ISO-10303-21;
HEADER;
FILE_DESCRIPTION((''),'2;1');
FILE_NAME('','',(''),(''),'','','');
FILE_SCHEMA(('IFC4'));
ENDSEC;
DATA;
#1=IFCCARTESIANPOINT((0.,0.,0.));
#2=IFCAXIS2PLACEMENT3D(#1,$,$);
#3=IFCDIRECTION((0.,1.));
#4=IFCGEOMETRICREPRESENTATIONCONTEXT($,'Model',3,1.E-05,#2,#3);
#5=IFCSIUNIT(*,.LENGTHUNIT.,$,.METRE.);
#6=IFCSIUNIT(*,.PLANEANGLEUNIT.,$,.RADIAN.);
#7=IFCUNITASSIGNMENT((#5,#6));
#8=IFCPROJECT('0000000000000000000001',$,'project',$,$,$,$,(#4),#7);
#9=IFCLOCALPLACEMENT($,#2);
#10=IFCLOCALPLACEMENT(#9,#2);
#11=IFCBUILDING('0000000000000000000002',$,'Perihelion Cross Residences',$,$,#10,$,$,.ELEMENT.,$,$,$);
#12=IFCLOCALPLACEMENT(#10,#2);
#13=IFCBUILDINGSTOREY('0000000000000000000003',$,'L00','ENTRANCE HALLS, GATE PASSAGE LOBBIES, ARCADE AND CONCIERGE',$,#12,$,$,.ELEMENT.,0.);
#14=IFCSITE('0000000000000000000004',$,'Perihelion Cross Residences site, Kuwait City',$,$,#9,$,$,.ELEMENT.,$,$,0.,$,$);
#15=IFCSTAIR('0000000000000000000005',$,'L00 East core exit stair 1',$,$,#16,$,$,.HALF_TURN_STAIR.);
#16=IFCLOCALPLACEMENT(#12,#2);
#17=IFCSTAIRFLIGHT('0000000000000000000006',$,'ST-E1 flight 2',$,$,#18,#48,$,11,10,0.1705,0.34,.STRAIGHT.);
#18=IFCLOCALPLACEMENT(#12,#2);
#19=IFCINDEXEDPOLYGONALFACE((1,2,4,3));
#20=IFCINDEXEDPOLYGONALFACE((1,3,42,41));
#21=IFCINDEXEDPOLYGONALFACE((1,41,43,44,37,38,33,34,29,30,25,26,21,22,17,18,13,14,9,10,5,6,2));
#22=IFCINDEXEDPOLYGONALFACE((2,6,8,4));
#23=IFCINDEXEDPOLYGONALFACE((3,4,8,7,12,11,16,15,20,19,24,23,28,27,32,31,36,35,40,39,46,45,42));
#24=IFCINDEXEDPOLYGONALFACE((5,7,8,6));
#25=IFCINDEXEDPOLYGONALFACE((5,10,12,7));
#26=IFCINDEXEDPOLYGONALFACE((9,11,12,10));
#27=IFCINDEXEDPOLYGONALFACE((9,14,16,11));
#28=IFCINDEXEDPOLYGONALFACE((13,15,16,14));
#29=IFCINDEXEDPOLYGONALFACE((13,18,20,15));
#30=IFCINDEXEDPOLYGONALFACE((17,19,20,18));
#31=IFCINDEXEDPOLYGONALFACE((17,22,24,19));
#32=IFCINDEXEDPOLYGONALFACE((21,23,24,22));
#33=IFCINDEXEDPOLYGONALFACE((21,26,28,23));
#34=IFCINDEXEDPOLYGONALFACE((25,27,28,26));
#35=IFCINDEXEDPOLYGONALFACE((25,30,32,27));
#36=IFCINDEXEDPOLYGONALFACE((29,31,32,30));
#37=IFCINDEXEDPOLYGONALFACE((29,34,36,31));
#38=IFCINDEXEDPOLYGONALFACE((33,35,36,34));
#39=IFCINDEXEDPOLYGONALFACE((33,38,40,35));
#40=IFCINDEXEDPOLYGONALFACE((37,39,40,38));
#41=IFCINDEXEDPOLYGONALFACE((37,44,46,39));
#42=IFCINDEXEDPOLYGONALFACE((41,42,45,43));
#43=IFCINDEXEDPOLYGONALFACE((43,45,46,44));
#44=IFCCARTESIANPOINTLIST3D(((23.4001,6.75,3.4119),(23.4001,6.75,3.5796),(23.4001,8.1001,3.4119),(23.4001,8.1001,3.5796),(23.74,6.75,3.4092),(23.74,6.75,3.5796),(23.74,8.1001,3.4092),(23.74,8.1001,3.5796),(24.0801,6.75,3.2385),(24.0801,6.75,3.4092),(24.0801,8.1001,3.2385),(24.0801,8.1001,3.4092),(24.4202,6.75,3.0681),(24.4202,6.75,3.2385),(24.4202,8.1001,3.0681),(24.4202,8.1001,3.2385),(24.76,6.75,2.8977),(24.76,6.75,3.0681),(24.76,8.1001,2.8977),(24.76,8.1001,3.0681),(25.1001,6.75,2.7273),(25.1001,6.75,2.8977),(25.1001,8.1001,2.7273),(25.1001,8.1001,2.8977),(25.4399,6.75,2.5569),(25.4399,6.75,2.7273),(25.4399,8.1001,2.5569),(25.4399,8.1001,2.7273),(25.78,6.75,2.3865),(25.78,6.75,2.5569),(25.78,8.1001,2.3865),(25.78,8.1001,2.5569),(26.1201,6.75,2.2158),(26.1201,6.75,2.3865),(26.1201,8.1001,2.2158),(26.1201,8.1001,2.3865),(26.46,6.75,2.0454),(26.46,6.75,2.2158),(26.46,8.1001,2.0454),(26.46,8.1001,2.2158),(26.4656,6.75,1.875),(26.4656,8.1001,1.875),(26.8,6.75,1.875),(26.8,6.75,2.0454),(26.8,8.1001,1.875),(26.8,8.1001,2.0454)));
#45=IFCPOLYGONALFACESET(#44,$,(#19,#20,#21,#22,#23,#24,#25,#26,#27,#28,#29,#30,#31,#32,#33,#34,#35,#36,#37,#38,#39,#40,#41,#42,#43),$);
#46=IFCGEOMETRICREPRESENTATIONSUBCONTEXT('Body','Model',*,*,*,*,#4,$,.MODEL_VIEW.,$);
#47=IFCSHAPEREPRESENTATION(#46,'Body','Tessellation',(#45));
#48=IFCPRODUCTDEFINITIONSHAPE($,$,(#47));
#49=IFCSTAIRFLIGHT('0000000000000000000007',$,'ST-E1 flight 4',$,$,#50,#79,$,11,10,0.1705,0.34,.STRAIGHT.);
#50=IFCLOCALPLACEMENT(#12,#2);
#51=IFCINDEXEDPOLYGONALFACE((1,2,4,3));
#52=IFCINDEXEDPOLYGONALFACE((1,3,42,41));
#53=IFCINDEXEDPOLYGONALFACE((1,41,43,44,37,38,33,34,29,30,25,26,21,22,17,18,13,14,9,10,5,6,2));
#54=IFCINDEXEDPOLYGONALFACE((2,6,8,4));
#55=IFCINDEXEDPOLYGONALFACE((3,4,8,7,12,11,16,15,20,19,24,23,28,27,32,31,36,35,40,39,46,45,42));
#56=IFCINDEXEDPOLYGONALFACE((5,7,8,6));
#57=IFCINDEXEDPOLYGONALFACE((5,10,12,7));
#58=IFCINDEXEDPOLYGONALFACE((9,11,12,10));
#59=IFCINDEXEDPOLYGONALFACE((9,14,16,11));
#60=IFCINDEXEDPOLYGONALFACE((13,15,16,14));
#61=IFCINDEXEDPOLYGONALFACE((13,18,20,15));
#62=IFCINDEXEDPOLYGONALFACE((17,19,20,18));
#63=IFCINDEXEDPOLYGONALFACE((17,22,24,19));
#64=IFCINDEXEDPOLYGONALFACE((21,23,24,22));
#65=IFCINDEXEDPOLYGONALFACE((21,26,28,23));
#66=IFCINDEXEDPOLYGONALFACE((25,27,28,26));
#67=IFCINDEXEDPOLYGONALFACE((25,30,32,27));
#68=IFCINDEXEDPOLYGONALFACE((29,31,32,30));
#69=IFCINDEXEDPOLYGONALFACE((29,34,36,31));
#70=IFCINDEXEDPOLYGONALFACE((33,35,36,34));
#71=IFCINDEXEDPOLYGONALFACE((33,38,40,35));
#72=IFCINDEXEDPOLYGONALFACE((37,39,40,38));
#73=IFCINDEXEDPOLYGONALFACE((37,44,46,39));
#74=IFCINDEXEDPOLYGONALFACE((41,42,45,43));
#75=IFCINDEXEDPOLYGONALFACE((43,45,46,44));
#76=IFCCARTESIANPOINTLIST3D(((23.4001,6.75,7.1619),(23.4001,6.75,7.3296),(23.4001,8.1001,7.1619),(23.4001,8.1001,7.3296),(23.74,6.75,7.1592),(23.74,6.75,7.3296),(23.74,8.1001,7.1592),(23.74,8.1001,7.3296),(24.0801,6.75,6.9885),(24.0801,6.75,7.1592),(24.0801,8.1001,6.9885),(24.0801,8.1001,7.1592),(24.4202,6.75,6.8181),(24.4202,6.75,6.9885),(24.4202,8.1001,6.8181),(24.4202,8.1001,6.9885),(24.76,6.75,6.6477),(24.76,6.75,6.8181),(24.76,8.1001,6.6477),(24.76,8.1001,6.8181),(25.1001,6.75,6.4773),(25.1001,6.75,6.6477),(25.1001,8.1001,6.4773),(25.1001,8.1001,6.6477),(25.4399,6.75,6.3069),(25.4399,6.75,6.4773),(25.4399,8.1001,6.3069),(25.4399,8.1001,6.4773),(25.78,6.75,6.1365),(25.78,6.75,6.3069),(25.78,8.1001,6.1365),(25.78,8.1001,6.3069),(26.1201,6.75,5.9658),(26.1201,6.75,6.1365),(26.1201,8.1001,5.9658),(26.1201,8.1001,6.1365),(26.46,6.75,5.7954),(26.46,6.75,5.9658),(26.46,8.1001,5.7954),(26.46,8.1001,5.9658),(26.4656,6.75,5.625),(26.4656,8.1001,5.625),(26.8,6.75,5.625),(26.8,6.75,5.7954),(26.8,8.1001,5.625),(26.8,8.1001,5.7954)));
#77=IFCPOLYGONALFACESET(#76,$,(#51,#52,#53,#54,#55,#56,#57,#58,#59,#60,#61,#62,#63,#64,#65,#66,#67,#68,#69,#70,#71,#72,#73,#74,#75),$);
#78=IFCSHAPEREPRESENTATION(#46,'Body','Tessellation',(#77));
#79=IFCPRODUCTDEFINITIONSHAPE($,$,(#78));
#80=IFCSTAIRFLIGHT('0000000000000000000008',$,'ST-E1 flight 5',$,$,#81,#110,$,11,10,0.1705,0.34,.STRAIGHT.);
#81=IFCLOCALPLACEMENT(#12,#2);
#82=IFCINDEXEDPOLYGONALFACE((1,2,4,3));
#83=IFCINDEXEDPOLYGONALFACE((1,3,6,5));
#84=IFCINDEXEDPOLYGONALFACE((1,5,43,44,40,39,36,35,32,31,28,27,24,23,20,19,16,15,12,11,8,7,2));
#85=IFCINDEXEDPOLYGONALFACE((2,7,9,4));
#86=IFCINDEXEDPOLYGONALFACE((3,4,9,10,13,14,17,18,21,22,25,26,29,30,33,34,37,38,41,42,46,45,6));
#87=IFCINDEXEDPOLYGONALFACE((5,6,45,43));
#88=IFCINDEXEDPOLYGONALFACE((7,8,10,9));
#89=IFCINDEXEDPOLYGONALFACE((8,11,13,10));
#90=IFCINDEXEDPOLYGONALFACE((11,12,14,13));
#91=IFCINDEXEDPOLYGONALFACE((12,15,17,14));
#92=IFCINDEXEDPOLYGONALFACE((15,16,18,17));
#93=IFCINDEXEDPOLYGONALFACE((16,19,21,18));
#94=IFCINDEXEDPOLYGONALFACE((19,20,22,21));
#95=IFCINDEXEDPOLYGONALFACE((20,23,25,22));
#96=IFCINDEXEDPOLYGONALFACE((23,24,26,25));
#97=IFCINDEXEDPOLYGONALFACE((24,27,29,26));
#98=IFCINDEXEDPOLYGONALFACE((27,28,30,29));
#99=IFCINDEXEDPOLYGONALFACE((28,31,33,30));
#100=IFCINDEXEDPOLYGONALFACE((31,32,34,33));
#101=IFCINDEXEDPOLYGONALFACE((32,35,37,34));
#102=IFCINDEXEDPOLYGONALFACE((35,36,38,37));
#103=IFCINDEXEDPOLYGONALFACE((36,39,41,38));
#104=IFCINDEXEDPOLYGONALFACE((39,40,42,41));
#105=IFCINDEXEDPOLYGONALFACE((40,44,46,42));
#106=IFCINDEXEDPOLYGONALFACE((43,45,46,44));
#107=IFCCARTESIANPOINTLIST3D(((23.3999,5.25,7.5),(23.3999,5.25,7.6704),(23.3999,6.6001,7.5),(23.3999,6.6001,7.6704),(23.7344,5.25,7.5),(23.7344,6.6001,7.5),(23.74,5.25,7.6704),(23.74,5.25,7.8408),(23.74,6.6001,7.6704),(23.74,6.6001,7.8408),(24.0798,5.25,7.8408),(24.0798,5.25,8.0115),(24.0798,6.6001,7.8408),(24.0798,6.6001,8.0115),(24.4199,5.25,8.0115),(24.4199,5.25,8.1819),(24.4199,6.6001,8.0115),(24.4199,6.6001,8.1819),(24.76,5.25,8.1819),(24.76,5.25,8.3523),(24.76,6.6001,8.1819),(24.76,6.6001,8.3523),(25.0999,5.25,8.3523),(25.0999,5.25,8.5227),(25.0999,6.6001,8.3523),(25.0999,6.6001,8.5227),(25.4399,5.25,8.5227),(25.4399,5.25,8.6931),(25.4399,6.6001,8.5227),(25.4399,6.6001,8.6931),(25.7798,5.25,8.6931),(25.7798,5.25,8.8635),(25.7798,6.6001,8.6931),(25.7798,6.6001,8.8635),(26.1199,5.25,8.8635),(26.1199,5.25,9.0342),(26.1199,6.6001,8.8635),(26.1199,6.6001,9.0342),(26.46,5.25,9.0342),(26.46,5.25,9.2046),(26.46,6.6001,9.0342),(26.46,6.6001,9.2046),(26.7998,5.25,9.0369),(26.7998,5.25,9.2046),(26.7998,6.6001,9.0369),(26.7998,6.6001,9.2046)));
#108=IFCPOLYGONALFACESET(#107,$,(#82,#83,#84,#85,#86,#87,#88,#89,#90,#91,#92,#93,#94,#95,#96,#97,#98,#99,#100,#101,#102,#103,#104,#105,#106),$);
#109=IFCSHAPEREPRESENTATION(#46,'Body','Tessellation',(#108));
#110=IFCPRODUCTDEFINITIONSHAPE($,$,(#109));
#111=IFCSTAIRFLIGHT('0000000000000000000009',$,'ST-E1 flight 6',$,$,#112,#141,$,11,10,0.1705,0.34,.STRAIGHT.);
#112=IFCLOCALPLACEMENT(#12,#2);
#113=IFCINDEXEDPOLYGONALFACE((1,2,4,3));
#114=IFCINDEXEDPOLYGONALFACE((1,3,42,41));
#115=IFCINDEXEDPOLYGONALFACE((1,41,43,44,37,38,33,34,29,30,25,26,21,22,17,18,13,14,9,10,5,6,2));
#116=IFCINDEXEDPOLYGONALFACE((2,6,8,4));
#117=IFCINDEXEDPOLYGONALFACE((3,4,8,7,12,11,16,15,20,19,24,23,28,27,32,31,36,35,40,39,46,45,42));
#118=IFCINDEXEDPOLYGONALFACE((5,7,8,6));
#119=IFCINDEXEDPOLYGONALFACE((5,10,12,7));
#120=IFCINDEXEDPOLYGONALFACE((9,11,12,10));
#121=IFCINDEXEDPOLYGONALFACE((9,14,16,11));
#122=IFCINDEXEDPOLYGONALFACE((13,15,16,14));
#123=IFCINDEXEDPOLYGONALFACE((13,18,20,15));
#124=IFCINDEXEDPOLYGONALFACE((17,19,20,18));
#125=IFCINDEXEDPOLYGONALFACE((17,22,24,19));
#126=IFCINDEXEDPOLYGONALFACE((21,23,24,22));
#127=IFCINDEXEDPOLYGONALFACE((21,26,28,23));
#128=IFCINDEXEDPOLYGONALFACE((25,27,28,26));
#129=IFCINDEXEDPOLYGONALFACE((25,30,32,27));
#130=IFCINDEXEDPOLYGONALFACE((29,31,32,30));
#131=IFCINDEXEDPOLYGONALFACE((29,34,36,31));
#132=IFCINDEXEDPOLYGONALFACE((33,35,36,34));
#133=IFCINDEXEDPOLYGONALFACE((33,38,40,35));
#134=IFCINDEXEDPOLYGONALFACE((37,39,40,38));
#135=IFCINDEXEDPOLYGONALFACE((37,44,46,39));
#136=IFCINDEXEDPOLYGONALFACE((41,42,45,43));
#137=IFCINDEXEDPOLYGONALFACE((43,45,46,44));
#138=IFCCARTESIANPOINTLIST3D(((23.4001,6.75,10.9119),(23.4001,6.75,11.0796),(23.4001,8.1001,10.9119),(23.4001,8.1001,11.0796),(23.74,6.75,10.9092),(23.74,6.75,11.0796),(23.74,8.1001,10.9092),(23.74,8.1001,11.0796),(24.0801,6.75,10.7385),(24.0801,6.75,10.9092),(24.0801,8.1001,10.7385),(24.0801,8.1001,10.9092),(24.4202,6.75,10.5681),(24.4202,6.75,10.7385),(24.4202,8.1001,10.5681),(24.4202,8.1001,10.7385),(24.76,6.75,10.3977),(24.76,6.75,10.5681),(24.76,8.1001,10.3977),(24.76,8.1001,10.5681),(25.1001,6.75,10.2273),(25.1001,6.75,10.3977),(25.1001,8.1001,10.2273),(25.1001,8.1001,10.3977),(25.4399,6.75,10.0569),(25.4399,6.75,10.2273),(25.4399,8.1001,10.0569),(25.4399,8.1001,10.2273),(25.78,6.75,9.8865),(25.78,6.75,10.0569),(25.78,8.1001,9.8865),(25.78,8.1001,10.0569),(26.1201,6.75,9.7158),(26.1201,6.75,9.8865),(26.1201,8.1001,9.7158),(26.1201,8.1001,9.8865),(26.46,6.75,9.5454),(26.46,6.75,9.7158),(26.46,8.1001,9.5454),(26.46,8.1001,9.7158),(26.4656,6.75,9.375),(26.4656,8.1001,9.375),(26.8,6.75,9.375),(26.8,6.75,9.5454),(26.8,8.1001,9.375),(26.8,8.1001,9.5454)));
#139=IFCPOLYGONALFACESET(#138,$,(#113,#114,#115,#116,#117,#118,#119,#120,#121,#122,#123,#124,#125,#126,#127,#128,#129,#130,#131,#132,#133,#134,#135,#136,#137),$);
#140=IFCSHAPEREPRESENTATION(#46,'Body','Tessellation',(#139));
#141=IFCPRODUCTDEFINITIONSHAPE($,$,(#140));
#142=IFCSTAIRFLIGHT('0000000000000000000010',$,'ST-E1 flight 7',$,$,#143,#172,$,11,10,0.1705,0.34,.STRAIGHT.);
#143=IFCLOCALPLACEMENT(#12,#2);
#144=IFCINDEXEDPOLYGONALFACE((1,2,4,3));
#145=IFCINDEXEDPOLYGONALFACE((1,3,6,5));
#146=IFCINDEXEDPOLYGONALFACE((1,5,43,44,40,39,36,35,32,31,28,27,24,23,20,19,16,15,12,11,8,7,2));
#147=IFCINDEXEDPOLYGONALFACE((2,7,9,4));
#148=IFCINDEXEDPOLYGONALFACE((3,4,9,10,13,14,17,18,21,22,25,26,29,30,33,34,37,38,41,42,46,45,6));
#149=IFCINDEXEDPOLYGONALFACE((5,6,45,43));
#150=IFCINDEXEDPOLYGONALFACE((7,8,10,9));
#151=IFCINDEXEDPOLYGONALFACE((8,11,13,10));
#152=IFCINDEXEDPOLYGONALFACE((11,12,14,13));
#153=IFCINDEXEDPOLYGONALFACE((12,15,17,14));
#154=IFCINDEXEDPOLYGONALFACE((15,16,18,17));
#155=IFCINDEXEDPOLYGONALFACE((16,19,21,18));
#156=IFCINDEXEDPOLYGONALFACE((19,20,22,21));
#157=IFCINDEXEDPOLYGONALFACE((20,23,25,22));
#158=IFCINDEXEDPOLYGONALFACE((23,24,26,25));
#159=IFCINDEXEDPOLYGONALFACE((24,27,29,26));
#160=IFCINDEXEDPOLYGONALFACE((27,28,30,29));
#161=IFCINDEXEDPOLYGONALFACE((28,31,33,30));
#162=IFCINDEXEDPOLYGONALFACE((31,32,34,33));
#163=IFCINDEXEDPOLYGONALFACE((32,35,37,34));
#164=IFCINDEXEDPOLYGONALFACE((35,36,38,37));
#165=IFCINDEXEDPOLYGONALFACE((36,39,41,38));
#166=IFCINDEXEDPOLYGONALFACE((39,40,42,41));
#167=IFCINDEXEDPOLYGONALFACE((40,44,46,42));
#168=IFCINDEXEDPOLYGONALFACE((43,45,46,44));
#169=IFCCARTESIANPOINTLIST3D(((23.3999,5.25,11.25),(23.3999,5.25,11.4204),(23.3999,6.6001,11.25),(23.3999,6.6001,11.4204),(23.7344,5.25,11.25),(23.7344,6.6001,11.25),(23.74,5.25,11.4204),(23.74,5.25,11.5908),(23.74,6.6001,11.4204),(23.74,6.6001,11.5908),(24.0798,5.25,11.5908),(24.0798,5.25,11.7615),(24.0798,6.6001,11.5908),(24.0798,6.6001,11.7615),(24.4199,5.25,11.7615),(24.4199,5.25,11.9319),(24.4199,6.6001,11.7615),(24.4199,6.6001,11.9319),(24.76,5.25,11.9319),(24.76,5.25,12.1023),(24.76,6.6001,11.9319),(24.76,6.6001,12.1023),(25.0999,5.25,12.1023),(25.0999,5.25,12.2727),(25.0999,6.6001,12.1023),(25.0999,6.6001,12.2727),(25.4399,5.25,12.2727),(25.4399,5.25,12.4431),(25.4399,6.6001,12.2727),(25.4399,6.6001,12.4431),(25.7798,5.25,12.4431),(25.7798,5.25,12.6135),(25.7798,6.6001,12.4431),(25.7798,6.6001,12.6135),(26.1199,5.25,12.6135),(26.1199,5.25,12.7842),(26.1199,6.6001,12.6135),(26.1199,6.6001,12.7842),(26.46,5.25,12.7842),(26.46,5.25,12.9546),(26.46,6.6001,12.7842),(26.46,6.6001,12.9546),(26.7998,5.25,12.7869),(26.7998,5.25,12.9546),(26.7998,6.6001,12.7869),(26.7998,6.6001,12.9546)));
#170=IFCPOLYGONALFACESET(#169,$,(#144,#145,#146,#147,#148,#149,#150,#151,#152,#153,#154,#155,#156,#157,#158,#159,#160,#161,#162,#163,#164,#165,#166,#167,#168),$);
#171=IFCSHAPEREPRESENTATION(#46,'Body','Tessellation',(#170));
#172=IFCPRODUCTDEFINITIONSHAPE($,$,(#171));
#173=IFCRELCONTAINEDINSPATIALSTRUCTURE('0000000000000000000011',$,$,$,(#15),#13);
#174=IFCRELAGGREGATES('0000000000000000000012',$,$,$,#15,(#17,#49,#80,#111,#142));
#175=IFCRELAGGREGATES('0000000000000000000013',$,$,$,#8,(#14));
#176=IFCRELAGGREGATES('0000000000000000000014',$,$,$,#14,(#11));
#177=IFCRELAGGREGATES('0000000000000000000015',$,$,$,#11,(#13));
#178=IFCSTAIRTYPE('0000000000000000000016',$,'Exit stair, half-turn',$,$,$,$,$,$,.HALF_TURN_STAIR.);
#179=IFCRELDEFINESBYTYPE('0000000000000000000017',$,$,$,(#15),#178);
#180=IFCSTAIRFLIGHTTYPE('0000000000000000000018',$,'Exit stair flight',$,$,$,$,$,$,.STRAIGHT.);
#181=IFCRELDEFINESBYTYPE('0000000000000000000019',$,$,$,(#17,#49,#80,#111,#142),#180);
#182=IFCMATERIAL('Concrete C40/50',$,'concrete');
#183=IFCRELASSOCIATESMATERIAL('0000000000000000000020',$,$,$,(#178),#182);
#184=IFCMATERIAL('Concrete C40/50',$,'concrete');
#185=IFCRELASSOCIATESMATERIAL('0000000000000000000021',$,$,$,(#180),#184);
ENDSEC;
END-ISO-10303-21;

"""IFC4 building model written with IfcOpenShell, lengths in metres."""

from ifc_helpers import new_model, si_unit, direction, frame, origin, place, context, subcontext, project, spatial, polyline, outline, extrude, material, type_object, element, aggregate, save


model = new_model("IFC4")

# Units and contexts
model_context = context("Model", 3, precision=1e-05, world=origin(), true_north=direction((0.0, 1.0)))
body_context = subcontext(model_context, "Body", "Model", "MODEL_VIEW")
ifc_project = project(units=[si_unit("LENGTHUNIT", "METRE"), si_unit("PLANEANGLEUNIT", "RADIAN")], contexts=[model_context])

# Site, building, storey
site_placement = place(None, origin())
site = spatial("IfcSite", under=ifc_project, at=site_placement, Name="Perihelion Cross Residences site, Kuwait City", CompositionType="ELEMENT", RefElevation=0.0)
building_placement = place(site_placement, origin())
building = spatial("IfcBuilding", under=site, at=building_placement, Name="Perihelion Cross Residences", CompositionType="ELEMENT")
storey_placement = place(building_placement, origin())
storey = spatial("IfcBuildingStorey", under=building, at=storey_placement, Name="L00", Description="ENTRANCE HALLS, GATE PASSAGE LOBBIES, ARCADE AND CONCIERGE", CompositionType="ELEMENT", Elevation=0.0)

# Stair, stair flights
ifc_material_1 = material(Name="Concrete C40/50", Category="concrete")
stair_type = type_object("IfcStairType", Name="Exit stair, half-turn", PredefinedType="HALF_TURN_STAIR", material=ifc_material_1)
stair_placement = place(storey_placement, origin())
stair = element("IfcStair", 1, at=stair_placement, inside=storey, type_object=stair_type, Name="L00 East core exit stair 1", PredefinedType="HALF_TURN_STAIR")
ifc_material_2 = material(Name="Concrete C40/50", Category="concrete")
stair_flight_type = type_object("IfcStairFlightType", Name="Exit stair flight", PredefinedType="STRAIGHT", material=ifc_material_2)
stair_flight_1_placement = place(storey_placement, frame((26.8, 7.425, 1.875), z_axis=(0.0, 0.0, 1.0), x_axis=(-1.0, 0.0, 0.0)))
stair_flight_1 = element("IfcStairFlight", 2, at=stair_flight_1_placement, type_object=stair_flight_type, Name="ST-E1 flight 2", NumberOfRisers=11, NumberOfTreads=10, PredefinedType="STRAIGHT", RiserHeight=0.1705, TreadLength=0.34, context=body_context, shape_type="SweptSolid", body=[
    extrude(outline(polyline([(0.0, 0.0), (0.0, 0.1704), (0.3401, 0.1704), (0.3401, 0.3408), (0.6799, 0.3408), (0.6799, 0.5115), (1.02, 0.5115), (1.02, 0.6819), (1.3601, 0.6819), (1.3601, 0.8523), (1.7, 0.8523), (1.7, 1.0227), (2.04, 1.0227), (2.04, 1.1931), (2.3799, 1.1931), (2.3799, 1.3635), (2.72, 1.3635), (2.72, 1.5342), (3.0601, 1.5342), (3.0601, 1.7046), (3.3999, 1.7046), (3.3999, 1.875), (3.3999, 1.5369), (0.3345, 0.0), (0.0, 0.0)])), frame((0.0, 0.675, 0.0), z_axis=(0.0, -1.0, 0.0), x_axis=(1.0, 0.0, 0.0)), (0.0, 0.0, 1.0), 1.3501),
])
stair_flight_2_placement = place(storey_placement, frame((26.8, 7.425, 5.625), z_axis=(0.0, 0.0, 1.0), x_axis=(-1.0, 0.0, 0.0)))
stair_flight_2 = element("IfcStairFlight", 3, at=stair_flight_2_placement, type_object=stair_flight_type, Name="ST-E1 flight 4", NumberOfRisers=11, NumberOfTreads=10, PredefinedType="STRAIGHT", RiserHeight=0.1705, TreadLength=0.34, context=body_context, shape_type="SweptSolid", body=[
    extrude(outline(polyline([(0.0, 0.0), (0.0, 0.1704), (0.3401, 0.1704), (0.3401, 0.3408), (0.6799, 0.3408), (0.6799, 0.5115), (1.02, 0.5115), (1.02, 0.6819), (1.3601, 0.6819), (1.3601, 0.8523), (1.7, 0.8523), (1.7, 1.0227), (2.04, 1.0227), (2.04, 1.1931), (2.3799, 1.1931), (2.3799, 1.3635), (2.72, 1.3635), (2.72, 1.5342), (3.0601, 1.5342), (3.0601, 1.7046), (3.3999, 1.7046), (3.3999, 1.875), (3.3999, 1.5369), (0.3345, 0.0), (0.0, 0.0)])), frame((0.0, 0.675, 0.0), z_axis=(0.0, -1.0, 0.0), x_axis=(1.0, 0.0, 0.0)), (0.0, 0.0, 1.0), 1.3501),
])
stair_flight_3_placement = place(storey_placement, frame((23.3999, 5.925, 7.5), z_axis=(0.0, 0.0, 1.0), x_axis=(1.0, 0.0, 0.0)))
stair_flight_3 = element("IfcStairFlight", 4, at=stair_flight_3_placement, type_object=stair_flight_type, Name="ST-E1 flight 5", NumberOfRisers=11, NumberOfTreads=10, PredefinedType="STRAIGHT", RiserHeight=0.1705, TreadLength=0.34, context=body_context, shape_type="SweptSolid", body=[
    extrude(outline(polyline([(0.0, 0.0), (0.0, 0.1704), (0.3401, 0.1704), (0.3401, 0.3408), (0.6799, 0.3408), (0.6799, 0.5115), (1.02, 0.5115), (1.02, 0.6819), (1.3601, 0.6819), (1.3601, 0.8523), (1.7, 0.8523), (1.7, 1.0227), (2.04, 1.0227), (2.04, 1.1931), (2.3799, 1.1931), (2.3799, 1.3635), (2.72, 1.3635), (2.72, 1.5342), (3.0601, 1.5342), (3.0601, 1.7046), (3.3999, 1.7046), (3.3999, 1.875), (3.3999, 1.5369), (0.3345, 0.0), (0.0, 0.0)])), frame((0.0, 0.675, 0.0), z_axis=(0.0, -1.0, 0.0), x_axis=(1.0, 0.0, 0.0)), (0.0, 0.0, 1.0), 1.3501),
])
stair_flight_4_placement = place(storey_placement, frame((26.8, 7.425, 9.375), z_axis=(0.0, 0.0, 1.0), x_axis=(-1.0, 0.0, 0.0)))
stair_flight_4 = element("IfcStairFlight", 5, at=stair_flight_4_placement, type_object=stair_flight_type, Name="ST-E1 flight 6", NumberOfRisers=11, NumberOfTreads=10, PredefinedType="STRAIGHT", RiserHeight=0.1705, TreadLength=0.34, context=body_context, shape_type="SweptSolid", body=[
    extrude(outline(polyline([(0.0, 0.0), (0.0, 0.1704), (0.3401, 0.1704), (0.3401, 0.3408), (0.6799, 0.3408), (0.6799, 0.5115), (1.02, 0.5115), (1.02, 0.6819), (1.3601, 0.6819), (1.3601, 0.8523), (1.7, 0.8523), (1.7, 1.0227), (2.04, 1.0227), (2.04, 1.1931), (2.3799, 1.1931), (2.3799, 1.3635), (2.72, 1.3635), (2.72, 1.5342), (3.0601, 1.5342), (3.0601, 1.7046), (3.3999, 1.7046), (3.3999, 1.875), (3.3999, 1.5369), (0.3345, 0.0), (0.0, 0.0)])), frame((0.0, 0.675, 0.0), z_axis=(0.0, -1.0, 0.0), x_axis=(1.0, 0.0, 0.0)), (0.0, 0.0, 1.0), 1.3501),
])
stair_flight_5_placement = place(storey_placement, frame((23.3999, 5.925, 11.25), z_axis=(0.0, 0.0, 1.0), x_axis=(1.0, 0.0, 0.0)))
stair_flight_5 = element("IfcStairFlight", 6, at=stair_flight_5_placement, type_object=stair_flight_type, Name="ST-E1 flight 7", NumberOfRisers=11, NumberOfTreads=10, PredefinedType="STRAIGHT", RiserHeight=0.1705, TreadLength=0.34, context=body_context, shape_type="SweptSolid", body=[
    extrude(outline(polyline([(0.0, 0.0), (0.0, 0.1704), (0.3401, 0.1704), (0.3401, 0.3408), (0.6799, 0.3408), (0.6799, 0.5115), (1.02, 0.5115), (1.02, 0.6819), (1.3601, 0.6819), (1.3601, 0.8523), (1.7, 0.8523), (1.7, 1.0227), (2.04, 1.0227), (2.04, 1.1931), (2.3799, 1.1931), (2.3799, 1.3635), (2.72, 1.3635), (2.72, 1.5342), (3.0601, 1.5342), (3.0601, 1.7046), (3.3999, 1.7046), (3.3999, 1.875), (3.3999, 1.5369), (0.3345, 0.0), (0.0, 0.0)])), frame((0.0, 0.675, 0.0), z_axis=(0.0, -1.0, 0.0), x_axis=(1.0, 0.0, 0.0)), (0.0, 0.0, 1.0), 1.3501),
])
aggregate(stair, [stair_flight_1, stair_flight_2, stair_flight_3, stair_flight_4, stair_flight_5])

save(model, "model.ifc")
